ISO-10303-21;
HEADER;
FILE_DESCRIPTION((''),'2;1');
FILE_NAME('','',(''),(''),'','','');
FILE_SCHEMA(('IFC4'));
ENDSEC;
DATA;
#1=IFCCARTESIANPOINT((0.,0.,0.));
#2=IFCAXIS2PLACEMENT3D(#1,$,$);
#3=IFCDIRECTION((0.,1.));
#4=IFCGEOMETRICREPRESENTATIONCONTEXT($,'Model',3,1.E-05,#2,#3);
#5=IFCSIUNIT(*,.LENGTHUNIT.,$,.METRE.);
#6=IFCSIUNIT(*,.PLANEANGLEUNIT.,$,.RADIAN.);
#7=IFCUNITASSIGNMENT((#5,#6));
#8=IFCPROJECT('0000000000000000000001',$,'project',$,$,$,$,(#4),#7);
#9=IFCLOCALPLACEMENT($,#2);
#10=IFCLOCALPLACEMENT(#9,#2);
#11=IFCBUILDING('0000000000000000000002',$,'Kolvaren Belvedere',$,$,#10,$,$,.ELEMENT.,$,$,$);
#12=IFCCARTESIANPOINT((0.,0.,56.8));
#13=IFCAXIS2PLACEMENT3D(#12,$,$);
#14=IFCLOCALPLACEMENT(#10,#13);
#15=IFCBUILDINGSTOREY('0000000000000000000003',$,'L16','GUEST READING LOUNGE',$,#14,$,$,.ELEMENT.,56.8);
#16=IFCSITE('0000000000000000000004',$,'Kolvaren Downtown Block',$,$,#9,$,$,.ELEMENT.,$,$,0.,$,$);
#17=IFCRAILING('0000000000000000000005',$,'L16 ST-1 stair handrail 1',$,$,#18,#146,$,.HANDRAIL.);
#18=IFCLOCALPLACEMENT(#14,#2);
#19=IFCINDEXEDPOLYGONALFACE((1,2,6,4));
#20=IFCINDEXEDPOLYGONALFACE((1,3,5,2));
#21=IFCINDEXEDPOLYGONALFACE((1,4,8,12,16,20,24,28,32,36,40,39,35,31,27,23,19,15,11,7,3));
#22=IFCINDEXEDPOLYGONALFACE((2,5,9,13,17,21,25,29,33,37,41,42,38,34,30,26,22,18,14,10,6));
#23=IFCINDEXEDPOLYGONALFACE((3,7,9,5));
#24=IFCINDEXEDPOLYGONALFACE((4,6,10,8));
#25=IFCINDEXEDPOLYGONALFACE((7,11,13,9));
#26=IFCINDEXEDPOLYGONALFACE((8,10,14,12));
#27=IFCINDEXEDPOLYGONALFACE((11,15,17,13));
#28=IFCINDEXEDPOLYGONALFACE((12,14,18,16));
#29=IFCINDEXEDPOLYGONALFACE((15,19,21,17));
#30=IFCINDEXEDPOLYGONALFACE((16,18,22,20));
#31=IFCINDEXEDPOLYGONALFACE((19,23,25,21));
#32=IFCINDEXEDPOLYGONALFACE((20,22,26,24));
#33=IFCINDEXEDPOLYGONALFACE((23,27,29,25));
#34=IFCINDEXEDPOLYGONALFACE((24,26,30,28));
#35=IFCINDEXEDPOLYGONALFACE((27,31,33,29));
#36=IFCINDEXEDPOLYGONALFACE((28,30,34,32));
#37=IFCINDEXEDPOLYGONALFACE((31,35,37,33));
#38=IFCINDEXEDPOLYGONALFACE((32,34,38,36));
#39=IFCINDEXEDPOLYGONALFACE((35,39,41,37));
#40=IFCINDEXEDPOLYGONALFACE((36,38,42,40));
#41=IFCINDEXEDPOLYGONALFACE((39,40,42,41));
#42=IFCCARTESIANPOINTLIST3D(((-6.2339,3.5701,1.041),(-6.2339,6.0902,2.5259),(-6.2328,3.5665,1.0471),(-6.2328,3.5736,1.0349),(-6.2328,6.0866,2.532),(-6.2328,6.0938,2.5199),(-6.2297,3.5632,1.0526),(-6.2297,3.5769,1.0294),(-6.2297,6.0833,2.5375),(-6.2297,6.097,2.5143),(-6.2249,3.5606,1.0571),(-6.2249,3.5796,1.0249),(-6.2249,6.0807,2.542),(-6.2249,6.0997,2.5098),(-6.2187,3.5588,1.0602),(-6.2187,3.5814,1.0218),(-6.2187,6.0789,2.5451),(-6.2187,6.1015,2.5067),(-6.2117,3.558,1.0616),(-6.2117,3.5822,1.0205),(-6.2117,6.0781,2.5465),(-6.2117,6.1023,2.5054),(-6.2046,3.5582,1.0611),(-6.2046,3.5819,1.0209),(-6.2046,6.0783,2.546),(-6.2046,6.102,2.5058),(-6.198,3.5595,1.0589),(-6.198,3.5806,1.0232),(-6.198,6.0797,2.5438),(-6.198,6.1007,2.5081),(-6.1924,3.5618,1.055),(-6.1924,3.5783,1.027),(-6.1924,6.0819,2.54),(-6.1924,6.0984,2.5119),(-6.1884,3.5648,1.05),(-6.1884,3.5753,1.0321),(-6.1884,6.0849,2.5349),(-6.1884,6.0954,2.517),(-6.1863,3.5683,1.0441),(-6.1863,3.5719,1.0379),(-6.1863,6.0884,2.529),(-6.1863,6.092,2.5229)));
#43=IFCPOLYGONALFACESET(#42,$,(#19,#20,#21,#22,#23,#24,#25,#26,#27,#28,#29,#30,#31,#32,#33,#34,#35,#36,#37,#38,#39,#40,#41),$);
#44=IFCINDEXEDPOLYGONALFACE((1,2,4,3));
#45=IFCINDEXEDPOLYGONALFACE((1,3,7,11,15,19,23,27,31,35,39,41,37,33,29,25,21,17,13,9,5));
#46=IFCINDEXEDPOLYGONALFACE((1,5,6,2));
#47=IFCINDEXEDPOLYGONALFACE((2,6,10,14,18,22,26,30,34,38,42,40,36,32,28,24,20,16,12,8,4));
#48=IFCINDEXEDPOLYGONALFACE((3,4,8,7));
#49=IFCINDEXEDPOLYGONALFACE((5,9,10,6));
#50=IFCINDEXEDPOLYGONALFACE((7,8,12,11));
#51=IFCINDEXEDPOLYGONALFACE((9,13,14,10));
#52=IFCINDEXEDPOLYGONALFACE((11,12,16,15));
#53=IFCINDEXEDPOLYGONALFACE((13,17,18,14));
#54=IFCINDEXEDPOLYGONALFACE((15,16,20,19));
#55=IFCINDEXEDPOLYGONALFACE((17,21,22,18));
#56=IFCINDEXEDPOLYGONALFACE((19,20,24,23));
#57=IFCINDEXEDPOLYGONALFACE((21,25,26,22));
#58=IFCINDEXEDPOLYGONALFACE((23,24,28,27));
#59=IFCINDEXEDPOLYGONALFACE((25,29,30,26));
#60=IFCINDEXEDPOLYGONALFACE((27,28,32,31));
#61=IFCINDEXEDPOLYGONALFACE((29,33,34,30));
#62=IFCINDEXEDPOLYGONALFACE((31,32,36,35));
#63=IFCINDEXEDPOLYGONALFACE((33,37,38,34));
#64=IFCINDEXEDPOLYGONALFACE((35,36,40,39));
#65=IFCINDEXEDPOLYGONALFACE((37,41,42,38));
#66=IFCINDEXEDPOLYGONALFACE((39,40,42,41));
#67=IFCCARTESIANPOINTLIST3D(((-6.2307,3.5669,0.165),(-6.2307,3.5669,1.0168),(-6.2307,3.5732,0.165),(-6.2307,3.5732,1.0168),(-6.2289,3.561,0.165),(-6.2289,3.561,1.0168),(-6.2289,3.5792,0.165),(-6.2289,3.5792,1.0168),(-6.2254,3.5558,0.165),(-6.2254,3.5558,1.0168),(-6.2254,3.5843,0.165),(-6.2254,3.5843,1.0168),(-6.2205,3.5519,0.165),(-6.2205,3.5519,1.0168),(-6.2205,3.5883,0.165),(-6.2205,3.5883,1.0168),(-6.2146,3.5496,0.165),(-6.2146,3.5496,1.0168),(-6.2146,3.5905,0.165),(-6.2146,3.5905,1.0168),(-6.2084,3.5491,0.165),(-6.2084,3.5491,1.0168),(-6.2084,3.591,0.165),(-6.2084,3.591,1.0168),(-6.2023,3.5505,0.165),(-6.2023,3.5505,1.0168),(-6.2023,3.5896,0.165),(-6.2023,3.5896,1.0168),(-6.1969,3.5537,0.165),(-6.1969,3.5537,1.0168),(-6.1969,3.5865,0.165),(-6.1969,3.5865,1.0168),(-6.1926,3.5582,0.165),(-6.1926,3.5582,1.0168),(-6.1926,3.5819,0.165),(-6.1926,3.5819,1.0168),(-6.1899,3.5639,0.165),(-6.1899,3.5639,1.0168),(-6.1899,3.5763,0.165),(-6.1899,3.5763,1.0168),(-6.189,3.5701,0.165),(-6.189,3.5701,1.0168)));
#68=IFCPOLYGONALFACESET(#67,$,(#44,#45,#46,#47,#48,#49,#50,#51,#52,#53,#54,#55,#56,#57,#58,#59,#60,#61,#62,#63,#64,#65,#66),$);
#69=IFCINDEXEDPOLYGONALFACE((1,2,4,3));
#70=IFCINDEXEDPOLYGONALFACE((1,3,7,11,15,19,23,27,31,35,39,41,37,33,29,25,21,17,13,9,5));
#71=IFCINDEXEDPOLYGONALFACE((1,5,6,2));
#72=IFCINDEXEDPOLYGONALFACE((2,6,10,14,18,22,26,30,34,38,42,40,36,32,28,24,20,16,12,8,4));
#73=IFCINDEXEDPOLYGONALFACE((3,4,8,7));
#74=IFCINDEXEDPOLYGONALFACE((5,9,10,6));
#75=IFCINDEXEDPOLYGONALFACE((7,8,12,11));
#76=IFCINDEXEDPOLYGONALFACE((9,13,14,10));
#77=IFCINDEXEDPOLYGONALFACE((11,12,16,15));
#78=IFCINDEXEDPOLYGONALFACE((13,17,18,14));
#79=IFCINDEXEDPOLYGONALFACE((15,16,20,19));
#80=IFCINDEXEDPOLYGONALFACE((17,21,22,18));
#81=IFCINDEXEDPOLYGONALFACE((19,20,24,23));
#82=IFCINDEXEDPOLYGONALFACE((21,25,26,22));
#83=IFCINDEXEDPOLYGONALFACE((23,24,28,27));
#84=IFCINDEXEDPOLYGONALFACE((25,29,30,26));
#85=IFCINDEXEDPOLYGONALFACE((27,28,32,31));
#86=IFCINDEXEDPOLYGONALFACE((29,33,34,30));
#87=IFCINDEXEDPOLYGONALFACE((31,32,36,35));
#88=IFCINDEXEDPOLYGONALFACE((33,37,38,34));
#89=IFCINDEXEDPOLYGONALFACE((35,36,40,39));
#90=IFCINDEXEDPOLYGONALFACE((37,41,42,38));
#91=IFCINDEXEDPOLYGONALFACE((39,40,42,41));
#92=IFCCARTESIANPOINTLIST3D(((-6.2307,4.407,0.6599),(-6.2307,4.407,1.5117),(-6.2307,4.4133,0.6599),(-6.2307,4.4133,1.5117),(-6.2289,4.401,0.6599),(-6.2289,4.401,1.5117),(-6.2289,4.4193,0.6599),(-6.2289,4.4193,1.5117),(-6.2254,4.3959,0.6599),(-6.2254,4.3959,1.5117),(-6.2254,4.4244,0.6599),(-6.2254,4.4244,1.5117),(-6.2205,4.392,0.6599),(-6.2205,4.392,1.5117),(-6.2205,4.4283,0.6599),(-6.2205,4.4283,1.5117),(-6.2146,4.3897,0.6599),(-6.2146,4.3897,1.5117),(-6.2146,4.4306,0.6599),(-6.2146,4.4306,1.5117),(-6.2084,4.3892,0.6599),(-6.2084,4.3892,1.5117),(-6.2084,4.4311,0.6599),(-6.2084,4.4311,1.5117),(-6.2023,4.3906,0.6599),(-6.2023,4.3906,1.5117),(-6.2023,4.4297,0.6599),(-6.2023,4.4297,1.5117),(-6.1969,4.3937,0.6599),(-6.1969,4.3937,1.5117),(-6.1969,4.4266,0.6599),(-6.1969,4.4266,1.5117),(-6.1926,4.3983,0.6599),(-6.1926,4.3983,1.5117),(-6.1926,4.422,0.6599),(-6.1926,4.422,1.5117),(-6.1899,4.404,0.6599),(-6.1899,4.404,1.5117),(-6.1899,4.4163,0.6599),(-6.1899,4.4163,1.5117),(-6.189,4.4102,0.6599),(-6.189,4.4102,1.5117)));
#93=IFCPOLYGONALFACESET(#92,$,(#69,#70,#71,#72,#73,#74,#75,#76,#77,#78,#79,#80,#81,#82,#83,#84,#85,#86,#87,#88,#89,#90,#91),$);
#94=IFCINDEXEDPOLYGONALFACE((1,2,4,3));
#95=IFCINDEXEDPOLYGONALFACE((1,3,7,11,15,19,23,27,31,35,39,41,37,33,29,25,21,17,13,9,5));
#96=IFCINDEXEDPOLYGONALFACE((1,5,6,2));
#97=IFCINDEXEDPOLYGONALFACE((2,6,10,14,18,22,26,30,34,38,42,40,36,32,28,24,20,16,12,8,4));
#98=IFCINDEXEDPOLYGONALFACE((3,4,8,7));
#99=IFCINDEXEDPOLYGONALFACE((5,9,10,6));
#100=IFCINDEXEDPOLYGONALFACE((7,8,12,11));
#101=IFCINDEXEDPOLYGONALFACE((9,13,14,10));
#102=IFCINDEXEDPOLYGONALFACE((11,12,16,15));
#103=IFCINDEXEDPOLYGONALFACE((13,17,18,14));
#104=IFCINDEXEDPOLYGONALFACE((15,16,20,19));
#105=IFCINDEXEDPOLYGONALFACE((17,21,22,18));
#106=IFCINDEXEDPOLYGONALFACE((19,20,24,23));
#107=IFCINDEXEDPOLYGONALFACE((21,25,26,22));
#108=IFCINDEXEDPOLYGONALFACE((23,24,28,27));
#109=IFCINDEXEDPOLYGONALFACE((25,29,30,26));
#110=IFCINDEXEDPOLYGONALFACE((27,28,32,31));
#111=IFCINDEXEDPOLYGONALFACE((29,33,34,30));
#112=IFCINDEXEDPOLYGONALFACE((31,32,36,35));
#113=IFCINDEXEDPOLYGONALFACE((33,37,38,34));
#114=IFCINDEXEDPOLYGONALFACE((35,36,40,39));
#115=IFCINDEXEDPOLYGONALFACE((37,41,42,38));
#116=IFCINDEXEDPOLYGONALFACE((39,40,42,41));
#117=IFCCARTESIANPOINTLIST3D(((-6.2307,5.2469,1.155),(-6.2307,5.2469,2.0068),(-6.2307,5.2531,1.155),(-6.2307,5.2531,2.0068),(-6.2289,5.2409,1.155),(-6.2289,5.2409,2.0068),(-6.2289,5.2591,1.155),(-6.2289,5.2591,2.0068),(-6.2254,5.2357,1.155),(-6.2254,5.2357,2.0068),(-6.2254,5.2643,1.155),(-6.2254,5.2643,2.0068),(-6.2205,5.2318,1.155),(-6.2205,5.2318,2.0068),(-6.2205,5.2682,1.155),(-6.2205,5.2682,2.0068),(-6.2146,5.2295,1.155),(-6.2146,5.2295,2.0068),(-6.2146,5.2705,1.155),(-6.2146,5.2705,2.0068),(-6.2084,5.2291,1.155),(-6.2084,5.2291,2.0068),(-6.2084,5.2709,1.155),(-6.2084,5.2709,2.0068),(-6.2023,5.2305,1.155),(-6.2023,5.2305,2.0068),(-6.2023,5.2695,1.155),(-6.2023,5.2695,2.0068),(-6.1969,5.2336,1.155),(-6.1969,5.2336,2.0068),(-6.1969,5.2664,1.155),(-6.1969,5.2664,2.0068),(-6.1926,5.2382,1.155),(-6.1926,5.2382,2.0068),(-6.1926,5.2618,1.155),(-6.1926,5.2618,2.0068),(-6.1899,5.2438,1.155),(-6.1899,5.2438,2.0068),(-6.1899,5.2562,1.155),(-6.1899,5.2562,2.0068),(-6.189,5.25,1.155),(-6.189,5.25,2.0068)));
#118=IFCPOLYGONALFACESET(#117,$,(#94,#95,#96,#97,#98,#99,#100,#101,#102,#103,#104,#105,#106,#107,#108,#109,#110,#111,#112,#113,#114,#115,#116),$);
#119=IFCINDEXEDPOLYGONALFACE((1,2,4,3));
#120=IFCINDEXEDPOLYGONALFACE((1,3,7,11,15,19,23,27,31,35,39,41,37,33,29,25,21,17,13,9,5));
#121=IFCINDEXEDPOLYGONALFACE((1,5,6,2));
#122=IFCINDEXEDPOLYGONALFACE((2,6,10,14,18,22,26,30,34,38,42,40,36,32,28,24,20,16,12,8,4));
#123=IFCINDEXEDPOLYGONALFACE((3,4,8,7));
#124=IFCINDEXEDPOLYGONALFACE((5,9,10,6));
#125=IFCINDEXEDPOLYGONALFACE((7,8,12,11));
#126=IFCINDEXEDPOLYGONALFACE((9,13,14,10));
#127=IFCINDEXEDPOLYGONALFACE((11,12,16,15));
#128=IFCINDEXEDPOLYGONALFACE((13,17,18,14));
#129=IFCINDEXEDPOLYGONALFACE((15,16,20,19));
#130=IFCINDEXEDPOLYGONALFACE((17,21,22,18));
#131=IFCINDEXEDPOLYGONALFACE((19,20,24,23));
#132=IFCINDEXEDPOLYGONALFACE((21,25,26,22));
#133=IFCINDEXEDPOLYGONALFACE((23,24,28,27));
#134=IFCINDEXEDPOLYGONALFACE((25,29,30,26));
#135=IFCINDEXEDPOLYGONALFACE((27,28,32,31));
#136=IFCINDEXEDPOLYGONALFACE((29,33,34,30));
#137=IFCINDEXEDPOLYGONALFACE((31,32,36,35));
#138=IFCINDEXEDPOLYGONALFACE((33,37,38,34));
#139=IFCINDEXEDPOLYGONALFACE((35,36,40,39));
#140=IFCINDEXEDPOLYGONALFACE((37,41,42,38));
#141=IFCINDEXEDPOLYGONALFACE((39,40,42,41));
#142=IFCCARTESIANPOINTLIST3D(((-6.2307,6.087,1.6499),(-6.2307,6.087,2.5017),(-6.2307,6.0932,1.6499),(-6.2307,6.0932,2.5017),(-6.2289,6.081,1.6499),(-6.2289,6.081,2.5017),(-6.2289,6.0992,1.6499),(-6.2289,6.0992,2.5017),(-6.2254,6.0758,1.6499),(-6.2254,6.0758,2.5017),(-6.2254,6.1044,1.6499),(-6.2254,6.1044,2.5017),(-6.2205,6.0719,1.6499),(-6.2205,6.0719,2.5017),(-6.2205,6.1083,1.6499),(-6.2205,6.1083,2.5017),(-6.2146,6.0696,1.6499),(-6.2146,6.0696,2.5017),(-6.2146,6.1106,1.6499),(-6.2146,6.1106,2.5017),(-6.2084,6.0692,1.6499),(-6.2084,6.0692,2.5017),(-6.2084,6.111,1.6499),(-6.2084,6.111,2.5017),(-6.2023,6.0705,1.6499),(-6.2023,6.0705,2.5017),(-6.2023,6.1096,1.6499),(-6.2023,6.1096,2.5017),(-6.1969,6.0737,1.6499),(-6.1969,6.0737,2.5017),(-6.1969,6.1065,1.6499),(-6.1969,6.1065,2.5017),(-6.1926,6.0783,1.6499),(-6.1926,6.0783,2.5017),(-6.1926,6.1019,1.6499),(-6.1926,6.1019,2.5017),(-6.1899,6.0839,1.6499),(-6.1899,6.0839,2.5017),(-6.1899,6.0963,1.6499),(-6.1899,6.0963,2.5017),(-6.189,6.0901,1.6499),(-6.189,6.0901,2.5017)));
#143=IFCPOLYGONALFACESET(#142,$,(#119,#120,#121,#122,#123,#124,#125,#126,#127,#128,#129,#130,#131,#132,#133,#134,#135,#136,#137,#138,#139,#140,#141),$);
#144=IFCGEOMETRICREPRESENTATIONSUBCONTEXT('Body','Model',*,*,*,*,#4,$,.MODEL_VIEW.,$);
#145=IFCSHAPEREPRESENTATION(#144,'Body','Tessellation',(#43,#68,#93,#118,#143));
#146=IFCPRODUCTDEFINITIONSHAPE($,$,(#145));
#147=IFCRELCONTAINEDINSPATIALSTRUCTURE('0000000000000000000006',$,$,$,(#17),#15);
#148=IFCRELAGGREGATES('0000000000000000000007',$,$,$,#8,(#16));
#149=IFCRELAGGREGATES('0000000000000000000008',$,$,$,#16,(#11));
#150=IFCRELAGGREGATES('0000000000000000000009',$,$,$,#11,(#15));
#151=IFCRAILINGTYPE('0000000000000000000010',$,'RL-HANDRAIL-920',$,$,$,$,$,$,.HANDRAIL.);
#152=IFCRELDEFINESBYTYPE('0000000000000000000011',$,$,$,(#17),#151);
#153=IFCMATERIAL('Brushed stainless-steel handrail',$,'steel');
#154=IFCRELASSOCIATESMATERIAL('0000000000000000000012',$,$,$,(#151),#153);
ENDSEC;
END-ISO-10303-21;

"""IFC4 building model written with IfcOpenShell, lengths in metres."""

from ifc_helpers import new_model, si_unit, direction, frame, origin, origin_2d, place, context, subcontext, project, spatial, circle, extrude, material, type_object, element, save


model = new_model("IFC4")

# Units and contexts
model_context = context("Model", 3, precision=1e-05, world=origin(), true_north=direction((0.0, 1.0)))
body_context = subcontext(model_context, "Body", "Model", "MODEL_VIEW")
ifc_project = project(units=[si_unit("LENGTHUNIT", "METRE"), si_unit("PLANEANGLEUNIT", "RADIAN")], contexts=[model_context])

# Site, building, storey
site_placement = place(None, origin())
site = spatial("IfcSite", under=ifc_project, at=site_placement, Name="Kolvaren Downtown Block", CompositionType="ELEMENT", RefElevation=0.0)
building_placement = place(site_placement, origin())
building = spatial("IfcBuilding", under=site, at=building_placement, Name="Kolvaren Belvedere", CompositionType="ELEMENT")
storey_placement = place(building_placement, frame((0.0, 0.0, 56.8)))
storey = spatial("IfcBuildingStorey", under=building, at=storey_placement, Name="L16", Description="GUEST READING LOUNGE", CompositionType="ELEMENT", Elevation=56.8)

# Railing
ifc_material_1 = material(Name="Brushed stainless-steel handrail", Category="steel")
railing_type_1 = type_object("IfcRailingType", Name="RL-HANDRAIL-920", PredefinedType="HANDRAIL", material=ifc_material_1)
railing_1_placement = place(storey_placement, frame((-6.21, 3.5701, 0.165)))
element("IfcRailing", 1, at=railing_1_placement, inside=storey, type_object=railing_type_1, Name="L16 ST-1 stair handrail 1", PredefinedType="HANDRAIL", context=body_context, shape_type="SweptSolid", body=[
    extrude(circle(Radius=0.0239, at=origin_2d()), frame((0.0, 0.0, 0.876), z_axis=(0.0, 0.861561, 0.507655), x_axis=(-1.0, 0.0, 0.0)), (0.0, 0.0, 1.0), 2.925),
    extrude(circle(Radius=0.021, at=origin_2d()), origin(), (0.0, 0.0, 1.0), 0.8518),
    extrude(circle(Radius=0.021, at=origin_2d()), frame((0.0, 0.8401, 0.4949)), (0.0, 0.0, 1.0), 0.8518),
    extrude(circle(Radius=0.021, at=origin_2d()), frame((0.0, 1.6799, 0.99)), (0.0, 0.0, 1.0), 0.8518),
    extrude(circle(Radius=0.021, at=origin_2d()), frame((0.0, 2.52, 1.4849)), (0.0, 0.0, 1.0), 0.8518),
])

save(model, "model.ifc")
